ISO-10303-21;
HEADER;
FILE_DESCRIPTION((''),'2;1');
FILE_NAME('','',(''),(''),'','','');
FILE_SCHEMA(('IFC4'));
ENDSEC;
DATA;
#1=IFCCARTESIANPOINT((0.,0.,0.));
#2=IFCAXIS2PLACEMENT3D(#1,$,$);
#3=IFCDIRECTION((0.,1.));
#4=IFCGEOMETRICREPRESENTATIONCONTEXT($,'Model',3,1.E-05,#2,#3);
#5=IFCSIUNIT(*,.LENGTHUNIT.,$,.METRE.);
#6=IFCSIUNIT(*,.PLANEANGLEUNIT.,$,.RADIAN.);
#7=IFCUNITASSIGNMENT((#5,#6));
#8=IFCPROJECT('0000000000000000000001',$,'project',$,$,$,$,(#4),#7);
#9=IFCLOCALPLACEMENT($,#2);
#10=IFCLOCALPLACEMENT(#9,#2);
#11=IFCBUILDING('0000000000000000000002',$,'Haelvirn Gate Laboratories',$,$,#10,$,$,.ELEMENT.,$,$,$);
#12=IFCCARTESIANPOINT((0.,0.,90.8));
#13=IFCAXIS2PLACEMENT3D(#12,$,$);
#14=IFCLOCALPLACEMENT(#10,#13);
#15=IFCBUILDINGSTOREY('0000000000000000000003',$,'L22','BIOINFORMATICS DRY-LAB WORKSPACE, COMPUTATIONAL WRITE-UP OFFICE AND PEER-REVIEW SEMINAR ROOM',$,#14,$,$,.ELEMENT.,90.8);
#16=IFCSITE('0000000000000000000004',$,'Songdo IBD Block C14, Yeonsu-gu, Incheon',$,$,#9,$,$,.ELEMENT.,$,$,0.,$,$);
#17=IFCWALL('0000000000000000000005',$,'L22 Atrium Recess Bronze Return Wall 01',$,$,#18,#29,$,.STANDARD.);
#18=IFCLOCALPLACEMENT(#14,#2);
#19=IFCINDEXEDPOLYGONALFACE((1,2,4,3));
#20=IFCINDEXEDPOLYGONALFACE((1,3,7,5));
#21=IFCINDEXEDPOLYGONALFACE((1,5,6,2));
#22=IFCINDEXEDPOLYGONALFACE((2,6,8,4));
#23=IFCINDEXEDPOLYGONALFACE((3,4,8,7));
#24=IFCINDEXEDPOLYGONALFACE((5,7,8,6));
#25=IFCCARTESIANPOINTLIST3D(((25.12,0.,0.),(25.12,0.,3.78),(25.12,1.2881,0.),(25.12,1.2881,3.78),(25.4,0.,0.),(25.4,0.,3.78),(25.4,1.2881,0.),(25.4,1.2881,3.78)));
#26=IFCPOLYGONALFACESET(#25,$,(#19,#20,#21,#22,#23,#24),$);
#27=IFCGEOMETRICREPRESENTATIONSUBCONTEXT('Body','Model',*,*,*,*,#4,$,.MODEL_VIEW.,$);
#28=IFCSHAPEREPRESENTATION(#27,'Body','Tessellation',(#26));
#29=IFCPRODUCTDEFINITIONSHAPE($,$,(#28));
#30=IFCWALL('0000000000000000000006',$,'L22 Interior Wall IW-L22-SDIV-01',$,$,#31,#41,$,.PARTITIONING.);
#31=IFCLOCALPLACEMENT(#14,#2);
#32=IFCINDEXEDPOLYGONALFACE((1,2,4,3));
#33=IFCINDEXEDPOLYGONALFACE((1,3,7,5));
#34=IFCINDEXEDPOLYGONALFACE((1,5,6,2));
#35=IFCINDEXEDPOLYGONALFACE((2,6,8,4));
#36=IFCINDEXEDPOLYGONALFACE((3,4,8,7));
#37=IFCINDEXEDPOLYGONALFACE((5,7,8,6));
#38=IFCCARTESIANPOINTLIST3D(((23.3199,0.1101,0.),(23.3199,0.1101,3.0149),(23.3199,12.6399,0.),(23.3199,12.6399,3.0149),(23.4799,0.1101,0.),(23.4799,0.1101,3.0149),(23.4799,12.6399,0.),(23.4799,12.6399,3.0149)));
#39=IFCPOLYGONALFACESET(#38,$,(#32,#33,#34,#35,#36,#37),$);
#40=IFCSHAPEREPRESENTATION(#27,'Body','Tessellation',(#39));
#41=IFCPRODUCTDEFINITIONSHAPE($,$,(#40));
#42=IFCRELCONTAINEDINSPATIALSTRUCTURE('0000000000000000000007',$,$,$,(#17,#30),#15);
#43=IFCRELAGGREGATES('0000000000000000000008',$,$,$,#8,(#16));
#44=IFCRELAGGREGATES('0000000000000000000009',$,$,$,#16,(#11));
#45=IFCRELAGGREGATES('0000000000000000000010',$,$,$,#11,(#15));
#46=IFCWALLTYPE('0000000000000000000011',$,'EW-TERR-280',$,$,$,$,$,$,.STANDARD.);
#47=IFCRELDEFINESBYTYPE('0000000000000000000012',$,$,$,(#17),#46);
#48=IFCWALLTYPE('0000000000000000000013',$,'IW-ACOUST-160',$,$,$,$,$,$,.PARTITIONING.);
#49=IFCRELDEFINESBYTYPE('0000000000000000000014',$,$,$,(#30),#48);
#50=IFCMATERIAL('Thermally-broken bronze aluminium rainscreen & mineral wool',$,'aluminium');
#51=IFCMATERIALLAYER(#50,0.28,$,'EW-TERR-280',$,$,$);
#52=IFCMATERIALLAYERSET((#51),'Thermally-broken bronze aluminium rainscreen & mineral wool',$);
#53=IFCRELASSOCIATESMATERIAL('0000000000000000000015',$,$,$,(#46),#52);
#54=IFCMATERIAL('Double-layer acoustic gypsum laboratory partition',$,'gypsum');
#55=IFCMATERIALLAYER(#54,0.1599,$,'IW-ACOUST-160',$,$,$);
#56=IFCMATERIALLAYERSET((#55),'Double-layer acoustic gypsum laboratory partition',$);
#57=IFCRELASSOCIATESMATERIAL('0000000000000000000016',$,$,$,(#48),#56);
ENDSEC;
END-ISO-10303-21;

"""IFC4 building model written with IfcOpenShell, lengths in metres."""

from ifc_helpers import new_model, si_unit, direction, frame, frame_2d, origin, place, context, subcontext, project, spatial, rectangle, extrude, material, layer, layer_set, type_object, element, save


model = new_model("IFC4")

# Units and contexts
model_context = context("Model", 3, precision=1e-05, world=origin(), true_north=direction((0.0, 1.0)))
body_context = subcontext(model_context, "Body", "Model", "MODEL_VIEW")
ifc_project = project(units=[si_unit("LENGTHUNIT", "METRE"), si_unit("PLANEANGLEUNIT", "RADIAN")], contexts=[model_context])

# Site, building, storey
site_placement = place(None, origin())
site = spatial("IfcSite", under=ifc_project, at=site_placement, Name="Songdo IBD Block C14, Yeonsu-gu, Incheon", CompositionType="ELEMENT", RefElevation=0.0)
building_placement = place(site_placement, origin())
building = spatial("IfcBuilding", under=site, at=building_placement, Name="Haelvirn Gate Laboratories", CompositionType="ELEMENT")
storey_placement = place(building_placement, frame((0.0, 0.0, 90.8)))
storey = spatial("IfcBuildingStorey", under=building, at=storey_placement, Name="L22", Description="BIOINFORMATICS DRY-LAB WORKSPACE, COMPUTATIONAL WRITE-UP OFFICE AND PEER-REVIEW SEMINAR ROOM", CompositionType="ELEMENT", Elevation=90.8)

# Walls
ifc_material_1 = material(Name="Thermally-broken bronze aluminium rainscreen & mineral wool", Category="aluminium")
ifc_layer_1 = layer(ifc_material_1, 0.28, Name="EW-TERR-280")
ifc_layer_set_1 = layer_set([ifc_layer_1], Name="Thermally-broken bronze aluminium rainscreen & mineral wool")
wall_type_1 = type_object("IfcWallType", Name="EW-TERR-280", PredefinedType="STANDARD", material=ifc_layer_set_1)
wall_1_placement = place(storey_placement, frame((25.26, 0.0, 0.0), z_axis=(0.0, 0.0, 1.0), x_axis=(0.0, 1.0, 0.0)))
element("IfcWall", 1, at=wall_1_placement, inside=storey, type_object=wall_type_1, Name="L22 Atrium Recess Bronze Return Wall 01", PredefinedType="STANDARD", context=body_context, shape_type="SweptSolid", body=[
    extrude(rectangle(XDim=1.2881, YDim=0.28, at=frame_2d((0.644, 0.0))), origin(), (0.0, 0.0, 1.0), 3.78),
])
ifc_material_2 = material(Name="Double-layer acoustic gypsum laboratory partition", Category="gypsum")
ifc_layer_2 = layer(ifc_material_2, 0.1599, Name="IW-ACOUST-160")
ifc_layer_set_2 = layer_set([ifc_layer_2], Name="Double-layer acoustic gypsum laboratory partition")
wall_type_2 = type_object("IfcWallType", Name="IW-ACOUST-160", PredefinedType="PARTITIONING", material=ifc_layer_set_2)
wall_2_placement = place(storey_placement, frame((23.3999, 0.1101, 0.0), z_axis=(0.0, 0.0, 1.0), x_axis=(0.0, 1.0, 0.0)))
element("IfcWall", 2, at=wall_2_placement, inside=storey, type_object=wall_type_2, Name="L22 Interior Wall IW-L22-SDIV-01", PredefinedType="PARTITIONING", context=body_context, shape_type="SweptSolid", body=[
    extrude(rectangle(XDim=12.5298, YDim=0.1599, at=frame_2d((6.2649, 0.0))), origin(), (0.0, 0.0, 1.0), 3.0149),
])

save(model, "model.ifc")
